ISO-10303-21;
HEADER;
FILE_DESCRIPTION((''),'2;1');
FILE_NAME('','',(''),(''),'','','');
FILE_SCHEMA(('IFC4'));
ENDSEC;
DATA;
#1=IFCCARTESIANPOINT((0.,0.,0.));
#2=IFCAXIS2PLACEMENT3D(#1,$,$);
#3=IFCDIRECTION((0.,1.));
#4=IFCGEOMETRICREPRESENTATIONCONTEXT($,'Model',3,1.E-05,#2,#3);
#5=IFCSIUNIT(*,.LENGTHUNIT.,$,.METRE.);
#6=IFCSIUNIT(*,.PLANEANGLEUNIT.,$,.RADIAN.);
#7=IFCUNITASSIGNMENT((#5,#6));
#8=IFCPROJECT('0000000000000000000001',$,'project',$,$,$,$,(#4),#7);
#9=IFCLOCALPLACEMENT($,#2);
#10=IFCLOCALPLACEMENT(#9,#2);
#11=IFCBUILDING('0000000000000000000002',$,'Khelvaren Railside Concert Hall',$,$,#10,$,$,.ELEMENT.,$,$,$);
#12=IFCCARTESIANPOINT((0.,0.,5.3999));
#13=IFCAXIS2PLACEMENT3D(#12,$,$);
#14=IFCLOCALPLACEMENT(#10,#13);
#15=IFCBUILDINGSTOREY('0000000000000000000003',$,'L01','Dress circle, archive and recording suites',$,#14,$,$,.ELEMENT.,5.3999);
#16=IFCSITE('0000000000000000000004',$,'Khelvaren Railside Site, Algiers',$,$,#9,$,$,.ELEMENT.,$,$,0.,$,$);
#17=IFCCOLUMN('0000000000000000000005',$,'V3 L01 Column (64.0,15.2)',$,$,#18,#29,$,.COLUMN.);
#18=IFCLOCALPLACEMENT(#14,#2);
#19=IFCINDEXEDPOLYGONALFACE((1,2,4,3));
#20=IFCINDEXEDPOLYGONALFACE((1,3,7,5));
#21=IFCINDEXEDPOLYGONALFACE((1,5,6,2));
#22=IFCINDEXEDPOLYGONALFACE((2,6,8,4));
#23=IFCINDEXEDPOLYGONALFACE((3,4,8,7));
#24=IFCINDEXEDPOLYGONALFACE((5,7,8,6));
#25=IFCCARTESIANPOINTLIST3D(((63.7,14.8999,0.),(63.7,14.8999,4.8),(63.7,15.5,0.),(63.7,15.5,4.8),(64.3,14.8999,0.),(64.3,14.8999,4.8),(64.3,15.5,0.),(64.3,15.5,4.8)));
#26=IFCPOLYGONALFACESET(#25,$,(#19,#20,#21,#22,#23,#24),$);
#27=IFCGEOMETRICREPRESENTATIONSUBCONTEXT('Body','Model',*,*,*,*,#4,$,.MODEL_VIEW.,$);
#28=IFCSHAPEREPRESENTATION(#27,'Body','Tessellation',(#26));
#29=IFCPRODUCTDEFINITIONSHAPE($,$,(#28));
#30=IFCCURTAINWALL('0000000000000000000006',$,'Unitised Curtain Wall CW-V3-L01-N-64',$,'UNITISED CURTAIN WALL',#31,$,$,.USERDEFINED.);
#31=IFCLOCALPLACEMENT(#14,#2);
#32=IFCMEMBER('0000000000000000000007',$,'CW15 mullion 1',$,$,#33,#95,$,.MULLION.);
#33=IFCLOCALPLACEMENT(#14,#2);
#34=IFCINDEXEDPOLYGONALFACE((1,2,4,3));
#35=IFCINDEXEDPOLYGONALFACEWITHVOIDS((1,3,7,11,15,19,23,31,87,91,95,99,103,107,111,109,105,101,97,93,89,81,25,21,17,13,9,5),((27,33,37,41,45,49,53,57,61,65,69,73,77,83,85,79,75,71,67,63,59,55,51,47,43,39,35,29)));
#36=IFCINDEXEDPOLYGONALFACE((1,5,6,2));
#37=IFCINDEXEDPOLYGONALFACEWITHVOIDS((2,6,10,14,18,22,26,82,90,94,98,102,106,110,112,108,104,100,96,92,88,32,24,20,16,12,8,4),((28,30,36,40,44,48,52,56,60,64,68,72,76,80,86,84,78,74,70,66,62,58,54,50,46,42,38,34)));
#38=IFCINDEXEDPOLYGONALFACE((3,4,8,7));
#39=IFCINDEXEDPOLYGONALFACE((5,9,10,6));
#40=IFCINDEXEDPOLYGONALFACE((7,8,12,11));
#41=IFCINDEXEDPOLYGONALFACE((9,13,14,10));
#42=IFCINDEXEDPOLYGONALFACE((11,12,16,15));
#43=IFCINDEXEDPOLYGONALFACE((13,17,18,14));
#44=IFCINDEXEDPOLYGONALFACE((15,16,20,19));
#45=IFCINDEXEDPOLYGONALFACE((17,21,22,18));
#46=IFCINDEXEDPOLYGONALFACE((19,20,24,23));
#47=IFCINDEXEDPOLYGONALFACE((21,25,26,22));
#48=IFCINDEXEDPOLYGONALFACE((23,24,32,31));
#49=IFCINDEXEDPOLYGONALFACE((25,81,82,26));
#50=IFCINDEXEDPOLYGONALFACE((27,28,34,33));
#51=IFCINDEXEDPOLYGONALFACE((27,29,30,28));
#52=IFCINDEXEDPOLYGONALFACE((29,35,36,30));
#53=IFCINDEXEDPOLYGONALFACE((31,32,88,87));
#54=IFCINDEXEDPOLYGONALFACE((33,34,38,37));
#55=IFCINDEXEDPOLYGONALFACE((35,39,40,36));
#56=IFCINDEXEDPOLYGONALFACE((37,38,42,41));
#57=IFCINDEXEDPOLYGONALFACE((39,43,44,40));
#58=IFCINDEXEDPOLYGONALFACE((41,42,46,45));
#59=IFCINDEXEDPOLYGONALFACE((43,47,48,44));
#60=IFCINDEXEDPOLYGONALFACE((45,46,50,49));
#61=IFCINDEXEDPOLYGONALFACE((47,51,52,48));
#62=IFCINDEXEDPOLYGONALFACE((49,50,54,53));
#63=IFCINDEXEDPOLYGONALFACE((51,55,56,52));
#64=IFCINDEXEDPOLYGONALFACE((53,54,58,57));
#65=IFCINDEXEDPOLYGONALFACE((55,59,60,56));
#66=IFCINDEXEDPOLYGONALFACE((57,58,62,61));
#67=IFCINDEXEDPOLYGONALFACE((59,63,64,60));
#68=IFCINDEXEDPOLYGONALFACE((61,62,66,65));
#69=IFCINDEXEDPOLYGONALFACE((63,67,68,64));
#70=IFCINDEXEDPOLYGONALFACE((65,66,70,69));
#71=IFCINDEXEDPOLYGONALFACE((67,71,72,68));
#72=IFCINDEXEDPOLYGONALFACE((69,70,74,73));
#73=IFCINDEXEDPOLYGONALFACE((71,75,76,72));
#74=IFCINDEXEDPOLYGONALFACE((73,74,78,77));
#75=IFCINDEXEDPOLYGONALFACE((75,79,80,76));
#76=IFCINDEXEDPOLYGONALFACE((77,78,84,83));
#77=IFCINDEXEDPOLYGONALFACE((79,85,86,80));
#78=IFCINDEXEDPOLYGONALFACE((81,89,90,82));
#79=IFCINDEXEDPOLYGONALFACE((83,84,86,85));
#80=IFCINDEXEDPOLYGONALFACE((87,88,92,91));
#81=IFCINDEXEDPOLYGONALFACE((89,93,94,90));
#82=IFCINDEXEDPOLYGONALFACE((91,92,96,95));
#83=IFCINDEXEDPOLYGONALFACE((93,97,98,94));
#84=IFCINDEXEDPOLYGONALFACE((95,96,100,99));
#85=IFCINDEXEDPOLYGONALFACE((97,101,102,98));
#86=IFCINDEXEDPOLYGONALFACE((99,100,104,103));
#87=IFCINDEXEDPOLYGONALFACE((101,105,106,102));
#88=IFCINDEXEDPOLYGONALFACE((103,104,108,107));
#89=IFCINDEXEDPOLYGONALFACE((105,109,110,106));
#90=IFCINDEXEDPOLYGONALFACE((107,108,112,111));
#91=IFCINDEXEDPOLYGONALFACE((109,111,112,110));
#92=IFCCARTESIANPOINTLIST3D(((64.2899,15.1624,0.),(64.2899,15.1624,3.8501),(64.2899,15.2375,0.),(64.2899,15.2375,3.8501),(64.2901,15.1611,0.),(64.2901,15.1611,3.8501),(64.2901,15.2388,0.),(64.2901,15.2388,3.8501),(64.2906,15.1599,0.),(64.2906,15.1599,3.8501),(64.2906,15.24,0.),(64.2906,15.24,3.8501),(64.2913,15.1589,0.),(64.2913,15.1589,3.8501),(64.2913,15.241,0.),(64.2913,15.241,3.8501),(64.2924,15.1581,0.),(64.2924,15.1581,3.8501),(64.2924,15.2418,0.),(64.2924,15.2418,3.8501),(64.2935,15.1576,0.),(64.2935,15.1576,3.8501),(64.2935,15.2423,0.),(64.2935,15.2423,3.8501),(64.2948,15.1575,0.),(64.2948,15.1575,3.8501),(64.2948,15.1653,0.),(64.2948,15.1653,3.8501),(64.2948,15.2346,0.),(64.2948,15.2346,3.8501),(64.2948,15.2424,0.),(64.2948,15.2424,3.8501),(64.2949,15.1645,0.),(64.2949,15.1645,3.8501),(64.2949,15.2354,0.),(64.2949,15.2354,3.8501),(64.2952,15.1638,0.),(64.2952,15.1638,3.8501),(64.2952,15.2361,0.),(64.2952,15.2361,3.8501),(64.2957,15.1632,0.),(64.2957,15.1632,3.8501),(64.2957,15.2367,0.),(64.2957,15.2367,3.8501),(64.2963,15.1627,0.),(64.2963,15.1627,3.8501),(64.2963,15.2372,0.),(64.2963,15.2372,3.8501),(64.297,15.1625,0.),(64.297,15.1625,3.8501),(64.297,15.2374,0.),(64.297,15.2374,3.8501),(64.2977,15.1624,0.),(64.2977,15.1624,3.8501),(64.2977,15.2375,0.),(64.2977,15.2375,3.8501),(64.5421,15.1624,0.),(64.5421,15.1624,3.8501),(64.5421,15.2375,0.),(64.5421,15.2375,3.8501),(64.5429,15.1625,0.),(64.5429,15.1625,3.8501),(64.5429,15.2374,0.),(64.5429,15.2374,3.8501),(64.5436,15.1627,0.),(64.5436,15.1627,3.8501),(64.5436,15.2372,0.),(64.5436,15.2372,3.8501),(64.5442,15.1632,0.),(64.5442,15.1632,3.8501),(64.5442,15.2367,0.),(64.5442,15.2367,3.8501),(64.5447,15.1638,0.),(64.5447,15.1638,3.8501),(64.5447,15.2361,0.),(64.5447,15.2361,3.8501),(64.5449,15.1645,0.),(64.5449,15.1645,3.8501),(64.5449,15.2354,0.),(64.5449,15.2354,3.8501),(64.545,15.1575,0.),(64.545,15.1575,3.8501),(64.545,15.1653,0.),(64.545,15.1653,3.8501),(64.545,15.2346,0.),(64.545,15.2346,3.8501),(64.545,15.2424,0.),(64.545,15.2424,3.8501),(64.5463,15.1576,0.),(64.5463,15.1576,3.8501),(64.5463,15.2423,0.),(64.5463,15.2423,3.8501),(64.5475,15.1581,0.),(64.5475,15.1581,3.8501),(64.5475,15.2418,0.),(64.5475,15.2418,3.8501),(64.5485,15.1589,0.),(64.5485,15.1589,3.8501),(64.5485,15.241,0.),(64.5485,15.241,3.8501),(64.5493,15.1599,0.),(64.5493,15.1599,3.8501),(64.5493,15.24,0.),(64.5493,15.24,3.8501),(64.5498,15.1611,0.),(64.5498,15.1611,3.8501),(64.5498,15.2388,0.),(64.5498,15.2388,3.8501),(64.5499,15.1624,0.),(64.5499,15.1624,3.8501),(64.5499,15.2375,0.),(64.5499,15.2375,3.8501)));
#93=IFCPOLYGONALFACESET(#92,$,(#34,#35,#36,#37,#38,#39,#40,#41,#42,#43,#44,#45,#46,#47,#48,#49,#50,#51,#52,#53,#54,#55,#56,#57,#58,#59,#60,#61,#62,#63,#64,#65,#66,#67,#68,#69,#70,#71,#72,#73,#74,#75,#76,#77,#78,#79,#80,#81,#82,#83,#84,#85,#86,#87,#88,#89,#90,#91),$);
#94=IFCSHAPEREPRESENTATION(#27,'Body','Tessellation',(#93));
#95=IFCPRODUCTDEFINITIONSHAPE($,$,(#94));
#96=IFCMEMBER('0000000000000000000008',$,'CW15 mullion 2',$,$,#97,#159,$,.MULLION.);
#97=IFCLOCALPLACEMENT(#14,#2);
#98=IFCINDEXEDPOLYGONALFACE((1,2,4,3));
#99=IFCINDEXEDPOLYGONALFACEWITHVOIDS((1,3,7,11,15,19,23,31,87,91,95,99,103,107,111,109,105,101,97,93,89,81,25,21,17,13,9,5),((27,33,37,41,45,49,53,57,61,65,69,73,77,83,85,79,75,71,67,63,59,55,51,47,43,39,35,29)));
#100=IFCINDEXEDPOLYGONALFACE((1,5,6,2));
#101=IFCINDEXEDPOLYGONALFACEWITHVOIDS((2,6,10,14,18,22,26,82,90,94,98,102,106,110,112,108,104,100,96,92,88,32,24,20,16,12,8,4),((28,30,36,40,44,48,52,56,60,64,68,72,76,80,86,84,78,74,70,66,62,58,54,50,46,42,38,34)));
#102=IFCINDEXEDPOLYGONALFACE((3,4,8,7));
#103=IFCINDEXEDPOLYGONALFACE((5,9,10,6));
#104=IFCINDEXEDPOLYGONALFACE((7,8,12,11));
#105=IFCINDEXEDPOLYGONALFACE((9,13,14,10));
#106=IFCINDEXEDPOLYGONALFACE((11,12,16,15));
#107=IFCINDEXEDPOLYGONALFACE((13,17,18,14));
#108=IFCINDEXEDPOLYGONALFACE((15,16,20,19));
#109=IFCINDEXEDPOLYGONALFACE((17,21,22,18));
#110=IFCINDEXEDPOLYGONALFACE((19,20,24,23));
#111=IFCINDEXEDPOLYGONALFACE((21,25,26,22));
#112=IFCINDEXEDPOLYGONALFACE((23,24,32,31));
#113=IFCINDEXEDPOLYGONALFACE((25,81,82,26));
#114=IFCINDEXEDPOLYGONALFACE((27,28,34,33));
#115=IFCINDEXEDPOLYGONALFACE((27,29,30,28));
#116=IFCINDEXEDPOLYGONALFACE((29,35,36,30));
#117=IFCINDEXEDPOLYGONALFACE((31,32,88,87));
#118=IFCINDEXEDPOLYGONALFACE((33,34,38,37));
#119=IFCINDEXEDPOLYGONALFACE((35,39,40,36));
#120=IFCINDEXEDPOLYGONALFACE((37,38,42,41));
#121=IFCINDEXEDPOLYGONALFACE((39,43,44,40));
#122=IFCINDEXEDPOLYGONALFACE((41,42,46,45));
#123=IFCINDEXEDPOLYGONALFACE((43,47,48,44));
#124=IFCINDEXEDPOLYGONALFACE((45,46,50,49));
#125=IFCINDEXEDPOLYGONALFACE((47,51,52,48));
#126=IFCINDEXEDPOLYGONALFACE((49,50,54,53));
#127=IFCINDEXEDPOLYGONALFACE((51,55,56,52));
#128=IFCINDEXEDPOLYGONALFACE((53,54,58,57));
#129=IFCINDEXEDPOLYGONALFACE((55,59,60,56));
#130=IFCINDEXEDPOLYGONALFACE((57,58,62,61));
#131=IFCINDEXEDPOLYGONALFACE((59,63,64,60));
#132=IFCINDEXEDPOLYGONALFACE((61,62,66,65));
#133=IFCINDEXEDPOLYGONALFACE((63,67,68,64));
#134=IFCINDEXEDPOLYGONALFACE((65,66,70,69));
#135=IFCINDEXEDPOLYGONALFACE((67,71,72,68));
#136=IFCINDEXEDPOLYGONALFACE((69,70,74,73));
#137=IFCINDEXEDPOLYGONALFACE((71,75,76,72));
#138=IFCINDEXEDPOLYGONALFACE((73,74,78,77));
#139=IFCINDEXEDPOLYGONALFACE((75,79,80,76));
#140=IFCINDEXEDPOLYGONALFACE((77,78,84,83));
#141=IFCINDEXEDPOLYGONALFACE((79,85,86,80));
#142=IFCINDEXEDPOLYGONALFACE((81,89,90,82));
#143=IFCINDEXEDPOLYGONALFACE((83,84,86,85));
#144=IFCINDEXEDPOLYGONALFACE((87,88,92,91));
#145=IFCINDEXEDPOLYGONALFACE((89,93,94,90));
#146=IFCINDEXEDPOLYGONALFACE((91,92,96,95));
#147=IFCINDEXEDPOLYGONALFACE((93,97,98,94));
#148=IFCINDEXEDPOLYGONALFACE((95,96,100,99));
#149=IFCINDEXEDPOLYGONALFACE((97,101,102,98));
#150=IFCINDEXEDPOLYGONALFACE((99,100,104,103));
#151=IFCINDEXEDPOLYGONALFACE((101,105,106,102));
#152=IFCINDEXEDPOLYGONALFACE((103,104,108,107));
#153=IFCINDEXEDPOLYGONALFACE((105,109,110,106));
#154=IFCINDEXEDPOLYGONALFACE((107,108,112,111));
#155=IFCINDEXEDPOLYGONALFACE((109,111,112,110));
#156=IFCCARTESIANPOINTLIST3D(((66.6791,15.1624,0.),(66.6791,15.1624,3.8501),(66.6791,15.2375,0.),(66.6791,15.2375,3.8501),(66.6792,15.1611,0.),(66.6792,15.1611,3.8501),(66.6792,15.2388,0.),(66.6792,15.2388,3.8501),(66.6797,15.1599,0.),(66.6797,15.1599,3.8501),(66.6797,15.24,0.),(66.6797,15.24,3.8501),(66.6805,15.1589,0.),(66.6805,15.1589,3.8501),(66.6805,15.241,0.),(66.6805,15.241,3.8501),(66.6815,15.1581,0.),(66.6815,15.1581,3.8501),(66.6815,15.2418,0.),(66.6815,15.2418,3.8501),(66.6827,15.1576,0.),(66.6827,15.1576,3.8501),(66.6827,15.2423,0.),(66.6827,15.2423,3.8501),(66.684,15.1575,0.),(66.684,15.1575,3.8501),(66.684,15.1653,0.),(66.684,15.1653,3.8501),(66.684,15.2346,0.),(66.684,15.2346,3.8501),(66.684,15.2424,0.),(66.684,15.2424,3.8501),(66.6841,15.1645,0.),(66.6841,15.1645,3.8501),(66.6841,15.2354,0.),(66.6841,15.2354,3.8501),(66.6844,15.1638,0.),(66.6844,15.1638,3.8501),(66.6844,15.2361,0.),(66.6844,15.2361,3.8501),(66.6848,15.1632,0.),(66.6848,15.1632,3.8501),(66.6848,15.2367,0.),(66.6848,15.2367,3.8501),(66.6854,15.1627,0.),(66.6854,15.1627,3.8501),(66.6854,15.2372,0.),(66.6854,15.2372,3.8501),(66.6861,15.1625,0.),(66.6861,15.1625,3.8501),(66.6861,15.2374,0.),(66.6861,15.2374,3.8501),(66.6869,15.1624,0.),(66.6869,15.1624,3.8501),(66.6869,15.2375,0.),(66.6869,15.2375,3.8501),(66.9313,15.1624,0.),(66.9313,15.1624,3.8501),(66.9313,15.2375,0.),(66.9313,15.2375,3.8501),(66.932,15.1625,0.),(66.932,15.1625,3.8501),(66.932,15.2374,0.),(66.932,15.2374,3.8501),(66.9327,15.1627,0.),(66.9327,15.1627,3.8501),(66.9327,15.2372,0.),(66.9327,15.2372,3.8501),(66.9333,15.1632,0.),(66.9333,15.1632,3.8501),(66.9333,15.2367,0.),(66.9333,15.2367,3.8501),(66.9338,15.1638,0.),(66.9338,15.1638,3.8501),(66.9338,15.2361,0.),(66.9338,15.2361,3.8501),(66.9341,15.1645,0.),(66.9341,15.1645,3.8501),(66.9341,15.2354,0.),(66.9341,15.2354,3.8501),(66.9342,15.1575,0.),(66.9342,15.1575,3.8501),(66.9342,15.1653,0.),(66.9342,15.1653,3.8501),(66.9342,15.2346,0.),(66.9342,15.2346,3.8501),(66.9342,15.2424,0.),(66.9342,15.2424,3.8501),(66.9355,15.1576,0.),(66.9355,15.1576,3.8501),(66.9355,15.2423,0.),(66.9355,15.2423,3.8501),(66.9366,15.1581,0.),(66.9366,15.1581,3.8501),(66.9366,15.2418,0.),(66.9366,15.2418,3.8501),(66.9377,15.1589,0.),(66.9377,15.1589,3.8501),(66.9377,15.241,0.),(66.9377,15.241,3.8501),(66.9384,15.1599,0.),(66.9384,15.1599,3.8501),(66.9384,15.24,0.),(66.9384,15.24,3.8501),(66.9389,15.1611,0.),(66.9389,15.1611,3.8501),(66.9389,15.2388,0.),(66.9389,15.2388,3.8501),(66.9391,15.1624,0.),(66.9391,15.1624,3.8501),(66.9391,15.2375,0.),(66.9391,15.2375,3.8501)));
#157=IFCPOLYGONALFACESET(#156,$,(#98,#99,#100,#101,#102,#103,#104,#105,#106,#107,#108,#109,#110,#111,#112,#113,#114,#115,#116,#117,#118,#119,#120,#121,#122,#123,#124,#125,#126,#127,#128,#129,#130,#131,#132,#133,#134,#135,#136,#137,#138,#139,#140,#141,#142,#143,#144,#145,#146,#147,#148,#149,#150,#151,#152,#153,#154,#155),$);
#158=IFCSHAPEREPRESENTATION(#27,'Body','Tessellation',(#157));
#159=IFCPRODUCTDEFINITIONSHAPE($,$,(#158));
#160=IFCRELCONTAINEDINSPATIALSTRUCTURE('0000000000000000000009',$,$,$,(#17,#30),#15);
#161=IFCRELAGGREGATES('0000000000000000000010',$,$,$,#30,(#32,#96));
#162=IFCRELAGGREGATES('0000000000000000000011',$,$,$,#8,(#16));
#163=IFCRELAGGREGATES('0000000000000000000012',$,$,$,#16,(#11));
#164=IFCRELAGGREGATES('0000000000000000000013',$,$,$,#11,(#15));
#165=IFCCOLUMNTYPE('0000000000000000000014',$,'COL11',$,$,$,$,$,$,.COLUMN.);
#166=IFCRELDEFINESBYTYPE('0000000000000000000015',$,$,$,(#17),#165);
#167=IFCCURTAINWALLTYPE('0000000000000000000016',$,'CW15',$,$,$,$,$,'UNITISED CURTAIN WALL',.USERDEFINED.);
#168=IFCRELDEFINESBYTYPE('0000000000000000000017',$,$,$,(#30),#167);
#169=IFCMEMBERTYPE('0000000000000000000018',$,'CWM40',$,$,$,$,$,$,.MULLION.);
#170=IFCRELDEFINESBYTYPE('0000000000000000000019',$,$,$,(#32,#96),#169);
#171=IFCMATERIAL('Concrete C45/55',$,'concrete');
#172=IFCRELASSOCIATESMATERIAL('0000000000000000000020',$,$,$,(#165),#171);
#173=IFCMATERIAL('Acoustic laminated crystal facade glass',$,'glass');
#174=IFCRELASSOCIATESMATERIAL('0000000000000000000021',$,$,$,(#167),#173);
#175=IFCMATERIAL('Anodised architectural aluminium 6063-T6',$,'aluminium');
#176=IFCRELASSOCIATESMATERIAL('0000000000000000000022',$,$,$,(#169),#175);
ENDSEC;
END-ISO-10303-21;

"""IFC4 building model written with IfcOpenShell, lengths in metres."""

from ifc_helpers import new_model, si_unit, direction, frame, origin, origin_2d, place, context, subcontext, project, spatial, rectangle, hollow_rectangle, extrude, material, material_profile, profile_set, type_object, element, aggregate, save


model = new_model("IFC4")

# Units and contexts
model_context = context("Model", 3, precision=1e-05, world=origin(), true_north=direction((0.0, 1.0)))
body_context = subcontext(model_context, "Body", "Model", "MODEL_VIEW")
ifc_project = project(units=[si_unit("LENGTHUNIT", "METRE"), si_unit("PLANEANGLEUNIT", "RADIAN")], contexts=[model_context])

# Site, building, storey
site_placement = place(None, origin())
site = spatial("IfcSite", under=ifc_project, at=site_placement, Name="Khelvaren Railside Site, Algiers", CompositionType="ELEMENT", RefElevation=0.0)
building_placement = place(site_placement, origin())
building = spatial("IfcBuilding", under=site, at=building_placement, Name="Khelvaren Railside Concert Hall", CompositionType="ELEMENT")
storey_placement = place(building_placement, frame((0.0, 0.0, 5.3999)))
storey = spatial("IfcBuildingStorey", under=building, at=storey_placement, Name="L01", Description="Dress circle, archive and recording suites", CompositionType="ELEMENT", Elevation=5.3999)

# Column
ifc_material_1 = material(Name="Concrete C45/55", Category="concrete")
ifc_material_profile_1 = material_profile(ifc_material_1, rectangle(XDim=0.6001, YDim=0.6001, at=origin_2d()), Name="RC 600x600")
ifc_profile_set_1 = profile_set([ifc_material_profile_1], Name="Concrete C45/55")
column_type = type_object("IfcColumnType", Name="COL11", PredefinedType="COLUMN", material=ifc_profile_set_1)
column_placement = place(storey_placement, frame((64.0, 15.2, 0.0), z_axis=(0.0, 0.0, 1.0), x_axis=(1.0, 0.0, 0.0)))
element("IfcColumn", 1, at=column_placement, inside=storey, type_object=column_type, Name="V3 L01 Column (64.0,15.2)", PredefinedType="COLUMN", context=body_context, shape_type="SweptSolid", body=[
    extrude(rectangle(XDim=0.6001, YDim=0.6001, at=origin_2d()), origin(), (0.0, 0.0, 1.0), 4.8),
])

# Curtain wall, members
ifc_material_2 = material(Name="Acoustic laminated crystal facade glass", Category="glass")
curtain_wall_type = type_object("IfcCurtainWallType", Name="CW15", ElementType="UNITISED CURTAIN WALL", PredefinedType="USERDEFINED", material=ifc_material_2)
curtain_wall_placement = place(storey_placement, origin())
curtain_wall = element("IfcCurtainWall", 2, at=curtain_wall_placement, inside=storey, type_object=curtain_wall_type, Name="Unitised Curtain Wall CW-V3-L01-N-64", ObjectType="UNITISED CURTAIN WALL", PredefinedType="USERDEFINED")
ifc_material_3 = material(Name="Anodised architectural aluminium 6063-T6", Category="aluminium")
ifc_material_profile_2 = material_profile(ifc_material_3, hollow_rectangle(XDim=0.085, YDim=0.26, WallThickness=0.0049, InnerFilletRadius=0.0029, OuterFilletRadius=0.0049, at=origin_2d()), Name="CWM 85x260x5")
ifc_profile_set_2 = profile_set([ifc_material_profile_2], Name="Anodised architectural aluminium 6063-T6")
member_type_1 = type_object("IfcMemberType", Name="CWM40", PredefinedType="MULLION", material=ifc_profile_set_2)
member_1_placement = place(storey_placement, frame((64.4199, 15.2, 0.0), z_axis=(0.0, 0.0, 1.0), x_axis=(0.0, 1.0, 0.0)))
member_1 = element("IfcMember", 3, at=member_1_placement, type_object=member_type_1, Name="CW15 mullion 1", PredefinedType="MULLION", context=body_context, shape_type="SweptSolid", body=[
    extrude(hollow_rectangle(XDim=0.085, YDim=0.26, WallThickness=0.0049, InnerFilletRadius=0.0029, OuterFilletRadius=0.0049, at=origin_2d()), origin(), (0.0, 0.0, 1.0), 3.8501),
])
member_2_placement = place(storey_placement, frame((66.8091, 15.2, 0.0), z_axis=(0.0, 0.0, 1.0), x_axis=(0.0, 1.0, 0.0)))
member_2 = element("IfcMember", 4, at=member_2_placement, type_object=member_type_1, Name="CW15 mullion 2", PredefinedType="MULLION", context=body_context, shape_type="SweptSolid", body=[
    extrude(hollow_rectangle(XDim=0.085, YDim=0.26, WallThickness=0.0049, InnerFilletRadius=0.0029, OuterFilletRadius=0.0049, at=origin_2d()), origin(), (0.0, 0.0, 1.0), 3.8501),
])

aggregate(curtain_wall, [member_1, member_2])

save(model, "model.ifc")
